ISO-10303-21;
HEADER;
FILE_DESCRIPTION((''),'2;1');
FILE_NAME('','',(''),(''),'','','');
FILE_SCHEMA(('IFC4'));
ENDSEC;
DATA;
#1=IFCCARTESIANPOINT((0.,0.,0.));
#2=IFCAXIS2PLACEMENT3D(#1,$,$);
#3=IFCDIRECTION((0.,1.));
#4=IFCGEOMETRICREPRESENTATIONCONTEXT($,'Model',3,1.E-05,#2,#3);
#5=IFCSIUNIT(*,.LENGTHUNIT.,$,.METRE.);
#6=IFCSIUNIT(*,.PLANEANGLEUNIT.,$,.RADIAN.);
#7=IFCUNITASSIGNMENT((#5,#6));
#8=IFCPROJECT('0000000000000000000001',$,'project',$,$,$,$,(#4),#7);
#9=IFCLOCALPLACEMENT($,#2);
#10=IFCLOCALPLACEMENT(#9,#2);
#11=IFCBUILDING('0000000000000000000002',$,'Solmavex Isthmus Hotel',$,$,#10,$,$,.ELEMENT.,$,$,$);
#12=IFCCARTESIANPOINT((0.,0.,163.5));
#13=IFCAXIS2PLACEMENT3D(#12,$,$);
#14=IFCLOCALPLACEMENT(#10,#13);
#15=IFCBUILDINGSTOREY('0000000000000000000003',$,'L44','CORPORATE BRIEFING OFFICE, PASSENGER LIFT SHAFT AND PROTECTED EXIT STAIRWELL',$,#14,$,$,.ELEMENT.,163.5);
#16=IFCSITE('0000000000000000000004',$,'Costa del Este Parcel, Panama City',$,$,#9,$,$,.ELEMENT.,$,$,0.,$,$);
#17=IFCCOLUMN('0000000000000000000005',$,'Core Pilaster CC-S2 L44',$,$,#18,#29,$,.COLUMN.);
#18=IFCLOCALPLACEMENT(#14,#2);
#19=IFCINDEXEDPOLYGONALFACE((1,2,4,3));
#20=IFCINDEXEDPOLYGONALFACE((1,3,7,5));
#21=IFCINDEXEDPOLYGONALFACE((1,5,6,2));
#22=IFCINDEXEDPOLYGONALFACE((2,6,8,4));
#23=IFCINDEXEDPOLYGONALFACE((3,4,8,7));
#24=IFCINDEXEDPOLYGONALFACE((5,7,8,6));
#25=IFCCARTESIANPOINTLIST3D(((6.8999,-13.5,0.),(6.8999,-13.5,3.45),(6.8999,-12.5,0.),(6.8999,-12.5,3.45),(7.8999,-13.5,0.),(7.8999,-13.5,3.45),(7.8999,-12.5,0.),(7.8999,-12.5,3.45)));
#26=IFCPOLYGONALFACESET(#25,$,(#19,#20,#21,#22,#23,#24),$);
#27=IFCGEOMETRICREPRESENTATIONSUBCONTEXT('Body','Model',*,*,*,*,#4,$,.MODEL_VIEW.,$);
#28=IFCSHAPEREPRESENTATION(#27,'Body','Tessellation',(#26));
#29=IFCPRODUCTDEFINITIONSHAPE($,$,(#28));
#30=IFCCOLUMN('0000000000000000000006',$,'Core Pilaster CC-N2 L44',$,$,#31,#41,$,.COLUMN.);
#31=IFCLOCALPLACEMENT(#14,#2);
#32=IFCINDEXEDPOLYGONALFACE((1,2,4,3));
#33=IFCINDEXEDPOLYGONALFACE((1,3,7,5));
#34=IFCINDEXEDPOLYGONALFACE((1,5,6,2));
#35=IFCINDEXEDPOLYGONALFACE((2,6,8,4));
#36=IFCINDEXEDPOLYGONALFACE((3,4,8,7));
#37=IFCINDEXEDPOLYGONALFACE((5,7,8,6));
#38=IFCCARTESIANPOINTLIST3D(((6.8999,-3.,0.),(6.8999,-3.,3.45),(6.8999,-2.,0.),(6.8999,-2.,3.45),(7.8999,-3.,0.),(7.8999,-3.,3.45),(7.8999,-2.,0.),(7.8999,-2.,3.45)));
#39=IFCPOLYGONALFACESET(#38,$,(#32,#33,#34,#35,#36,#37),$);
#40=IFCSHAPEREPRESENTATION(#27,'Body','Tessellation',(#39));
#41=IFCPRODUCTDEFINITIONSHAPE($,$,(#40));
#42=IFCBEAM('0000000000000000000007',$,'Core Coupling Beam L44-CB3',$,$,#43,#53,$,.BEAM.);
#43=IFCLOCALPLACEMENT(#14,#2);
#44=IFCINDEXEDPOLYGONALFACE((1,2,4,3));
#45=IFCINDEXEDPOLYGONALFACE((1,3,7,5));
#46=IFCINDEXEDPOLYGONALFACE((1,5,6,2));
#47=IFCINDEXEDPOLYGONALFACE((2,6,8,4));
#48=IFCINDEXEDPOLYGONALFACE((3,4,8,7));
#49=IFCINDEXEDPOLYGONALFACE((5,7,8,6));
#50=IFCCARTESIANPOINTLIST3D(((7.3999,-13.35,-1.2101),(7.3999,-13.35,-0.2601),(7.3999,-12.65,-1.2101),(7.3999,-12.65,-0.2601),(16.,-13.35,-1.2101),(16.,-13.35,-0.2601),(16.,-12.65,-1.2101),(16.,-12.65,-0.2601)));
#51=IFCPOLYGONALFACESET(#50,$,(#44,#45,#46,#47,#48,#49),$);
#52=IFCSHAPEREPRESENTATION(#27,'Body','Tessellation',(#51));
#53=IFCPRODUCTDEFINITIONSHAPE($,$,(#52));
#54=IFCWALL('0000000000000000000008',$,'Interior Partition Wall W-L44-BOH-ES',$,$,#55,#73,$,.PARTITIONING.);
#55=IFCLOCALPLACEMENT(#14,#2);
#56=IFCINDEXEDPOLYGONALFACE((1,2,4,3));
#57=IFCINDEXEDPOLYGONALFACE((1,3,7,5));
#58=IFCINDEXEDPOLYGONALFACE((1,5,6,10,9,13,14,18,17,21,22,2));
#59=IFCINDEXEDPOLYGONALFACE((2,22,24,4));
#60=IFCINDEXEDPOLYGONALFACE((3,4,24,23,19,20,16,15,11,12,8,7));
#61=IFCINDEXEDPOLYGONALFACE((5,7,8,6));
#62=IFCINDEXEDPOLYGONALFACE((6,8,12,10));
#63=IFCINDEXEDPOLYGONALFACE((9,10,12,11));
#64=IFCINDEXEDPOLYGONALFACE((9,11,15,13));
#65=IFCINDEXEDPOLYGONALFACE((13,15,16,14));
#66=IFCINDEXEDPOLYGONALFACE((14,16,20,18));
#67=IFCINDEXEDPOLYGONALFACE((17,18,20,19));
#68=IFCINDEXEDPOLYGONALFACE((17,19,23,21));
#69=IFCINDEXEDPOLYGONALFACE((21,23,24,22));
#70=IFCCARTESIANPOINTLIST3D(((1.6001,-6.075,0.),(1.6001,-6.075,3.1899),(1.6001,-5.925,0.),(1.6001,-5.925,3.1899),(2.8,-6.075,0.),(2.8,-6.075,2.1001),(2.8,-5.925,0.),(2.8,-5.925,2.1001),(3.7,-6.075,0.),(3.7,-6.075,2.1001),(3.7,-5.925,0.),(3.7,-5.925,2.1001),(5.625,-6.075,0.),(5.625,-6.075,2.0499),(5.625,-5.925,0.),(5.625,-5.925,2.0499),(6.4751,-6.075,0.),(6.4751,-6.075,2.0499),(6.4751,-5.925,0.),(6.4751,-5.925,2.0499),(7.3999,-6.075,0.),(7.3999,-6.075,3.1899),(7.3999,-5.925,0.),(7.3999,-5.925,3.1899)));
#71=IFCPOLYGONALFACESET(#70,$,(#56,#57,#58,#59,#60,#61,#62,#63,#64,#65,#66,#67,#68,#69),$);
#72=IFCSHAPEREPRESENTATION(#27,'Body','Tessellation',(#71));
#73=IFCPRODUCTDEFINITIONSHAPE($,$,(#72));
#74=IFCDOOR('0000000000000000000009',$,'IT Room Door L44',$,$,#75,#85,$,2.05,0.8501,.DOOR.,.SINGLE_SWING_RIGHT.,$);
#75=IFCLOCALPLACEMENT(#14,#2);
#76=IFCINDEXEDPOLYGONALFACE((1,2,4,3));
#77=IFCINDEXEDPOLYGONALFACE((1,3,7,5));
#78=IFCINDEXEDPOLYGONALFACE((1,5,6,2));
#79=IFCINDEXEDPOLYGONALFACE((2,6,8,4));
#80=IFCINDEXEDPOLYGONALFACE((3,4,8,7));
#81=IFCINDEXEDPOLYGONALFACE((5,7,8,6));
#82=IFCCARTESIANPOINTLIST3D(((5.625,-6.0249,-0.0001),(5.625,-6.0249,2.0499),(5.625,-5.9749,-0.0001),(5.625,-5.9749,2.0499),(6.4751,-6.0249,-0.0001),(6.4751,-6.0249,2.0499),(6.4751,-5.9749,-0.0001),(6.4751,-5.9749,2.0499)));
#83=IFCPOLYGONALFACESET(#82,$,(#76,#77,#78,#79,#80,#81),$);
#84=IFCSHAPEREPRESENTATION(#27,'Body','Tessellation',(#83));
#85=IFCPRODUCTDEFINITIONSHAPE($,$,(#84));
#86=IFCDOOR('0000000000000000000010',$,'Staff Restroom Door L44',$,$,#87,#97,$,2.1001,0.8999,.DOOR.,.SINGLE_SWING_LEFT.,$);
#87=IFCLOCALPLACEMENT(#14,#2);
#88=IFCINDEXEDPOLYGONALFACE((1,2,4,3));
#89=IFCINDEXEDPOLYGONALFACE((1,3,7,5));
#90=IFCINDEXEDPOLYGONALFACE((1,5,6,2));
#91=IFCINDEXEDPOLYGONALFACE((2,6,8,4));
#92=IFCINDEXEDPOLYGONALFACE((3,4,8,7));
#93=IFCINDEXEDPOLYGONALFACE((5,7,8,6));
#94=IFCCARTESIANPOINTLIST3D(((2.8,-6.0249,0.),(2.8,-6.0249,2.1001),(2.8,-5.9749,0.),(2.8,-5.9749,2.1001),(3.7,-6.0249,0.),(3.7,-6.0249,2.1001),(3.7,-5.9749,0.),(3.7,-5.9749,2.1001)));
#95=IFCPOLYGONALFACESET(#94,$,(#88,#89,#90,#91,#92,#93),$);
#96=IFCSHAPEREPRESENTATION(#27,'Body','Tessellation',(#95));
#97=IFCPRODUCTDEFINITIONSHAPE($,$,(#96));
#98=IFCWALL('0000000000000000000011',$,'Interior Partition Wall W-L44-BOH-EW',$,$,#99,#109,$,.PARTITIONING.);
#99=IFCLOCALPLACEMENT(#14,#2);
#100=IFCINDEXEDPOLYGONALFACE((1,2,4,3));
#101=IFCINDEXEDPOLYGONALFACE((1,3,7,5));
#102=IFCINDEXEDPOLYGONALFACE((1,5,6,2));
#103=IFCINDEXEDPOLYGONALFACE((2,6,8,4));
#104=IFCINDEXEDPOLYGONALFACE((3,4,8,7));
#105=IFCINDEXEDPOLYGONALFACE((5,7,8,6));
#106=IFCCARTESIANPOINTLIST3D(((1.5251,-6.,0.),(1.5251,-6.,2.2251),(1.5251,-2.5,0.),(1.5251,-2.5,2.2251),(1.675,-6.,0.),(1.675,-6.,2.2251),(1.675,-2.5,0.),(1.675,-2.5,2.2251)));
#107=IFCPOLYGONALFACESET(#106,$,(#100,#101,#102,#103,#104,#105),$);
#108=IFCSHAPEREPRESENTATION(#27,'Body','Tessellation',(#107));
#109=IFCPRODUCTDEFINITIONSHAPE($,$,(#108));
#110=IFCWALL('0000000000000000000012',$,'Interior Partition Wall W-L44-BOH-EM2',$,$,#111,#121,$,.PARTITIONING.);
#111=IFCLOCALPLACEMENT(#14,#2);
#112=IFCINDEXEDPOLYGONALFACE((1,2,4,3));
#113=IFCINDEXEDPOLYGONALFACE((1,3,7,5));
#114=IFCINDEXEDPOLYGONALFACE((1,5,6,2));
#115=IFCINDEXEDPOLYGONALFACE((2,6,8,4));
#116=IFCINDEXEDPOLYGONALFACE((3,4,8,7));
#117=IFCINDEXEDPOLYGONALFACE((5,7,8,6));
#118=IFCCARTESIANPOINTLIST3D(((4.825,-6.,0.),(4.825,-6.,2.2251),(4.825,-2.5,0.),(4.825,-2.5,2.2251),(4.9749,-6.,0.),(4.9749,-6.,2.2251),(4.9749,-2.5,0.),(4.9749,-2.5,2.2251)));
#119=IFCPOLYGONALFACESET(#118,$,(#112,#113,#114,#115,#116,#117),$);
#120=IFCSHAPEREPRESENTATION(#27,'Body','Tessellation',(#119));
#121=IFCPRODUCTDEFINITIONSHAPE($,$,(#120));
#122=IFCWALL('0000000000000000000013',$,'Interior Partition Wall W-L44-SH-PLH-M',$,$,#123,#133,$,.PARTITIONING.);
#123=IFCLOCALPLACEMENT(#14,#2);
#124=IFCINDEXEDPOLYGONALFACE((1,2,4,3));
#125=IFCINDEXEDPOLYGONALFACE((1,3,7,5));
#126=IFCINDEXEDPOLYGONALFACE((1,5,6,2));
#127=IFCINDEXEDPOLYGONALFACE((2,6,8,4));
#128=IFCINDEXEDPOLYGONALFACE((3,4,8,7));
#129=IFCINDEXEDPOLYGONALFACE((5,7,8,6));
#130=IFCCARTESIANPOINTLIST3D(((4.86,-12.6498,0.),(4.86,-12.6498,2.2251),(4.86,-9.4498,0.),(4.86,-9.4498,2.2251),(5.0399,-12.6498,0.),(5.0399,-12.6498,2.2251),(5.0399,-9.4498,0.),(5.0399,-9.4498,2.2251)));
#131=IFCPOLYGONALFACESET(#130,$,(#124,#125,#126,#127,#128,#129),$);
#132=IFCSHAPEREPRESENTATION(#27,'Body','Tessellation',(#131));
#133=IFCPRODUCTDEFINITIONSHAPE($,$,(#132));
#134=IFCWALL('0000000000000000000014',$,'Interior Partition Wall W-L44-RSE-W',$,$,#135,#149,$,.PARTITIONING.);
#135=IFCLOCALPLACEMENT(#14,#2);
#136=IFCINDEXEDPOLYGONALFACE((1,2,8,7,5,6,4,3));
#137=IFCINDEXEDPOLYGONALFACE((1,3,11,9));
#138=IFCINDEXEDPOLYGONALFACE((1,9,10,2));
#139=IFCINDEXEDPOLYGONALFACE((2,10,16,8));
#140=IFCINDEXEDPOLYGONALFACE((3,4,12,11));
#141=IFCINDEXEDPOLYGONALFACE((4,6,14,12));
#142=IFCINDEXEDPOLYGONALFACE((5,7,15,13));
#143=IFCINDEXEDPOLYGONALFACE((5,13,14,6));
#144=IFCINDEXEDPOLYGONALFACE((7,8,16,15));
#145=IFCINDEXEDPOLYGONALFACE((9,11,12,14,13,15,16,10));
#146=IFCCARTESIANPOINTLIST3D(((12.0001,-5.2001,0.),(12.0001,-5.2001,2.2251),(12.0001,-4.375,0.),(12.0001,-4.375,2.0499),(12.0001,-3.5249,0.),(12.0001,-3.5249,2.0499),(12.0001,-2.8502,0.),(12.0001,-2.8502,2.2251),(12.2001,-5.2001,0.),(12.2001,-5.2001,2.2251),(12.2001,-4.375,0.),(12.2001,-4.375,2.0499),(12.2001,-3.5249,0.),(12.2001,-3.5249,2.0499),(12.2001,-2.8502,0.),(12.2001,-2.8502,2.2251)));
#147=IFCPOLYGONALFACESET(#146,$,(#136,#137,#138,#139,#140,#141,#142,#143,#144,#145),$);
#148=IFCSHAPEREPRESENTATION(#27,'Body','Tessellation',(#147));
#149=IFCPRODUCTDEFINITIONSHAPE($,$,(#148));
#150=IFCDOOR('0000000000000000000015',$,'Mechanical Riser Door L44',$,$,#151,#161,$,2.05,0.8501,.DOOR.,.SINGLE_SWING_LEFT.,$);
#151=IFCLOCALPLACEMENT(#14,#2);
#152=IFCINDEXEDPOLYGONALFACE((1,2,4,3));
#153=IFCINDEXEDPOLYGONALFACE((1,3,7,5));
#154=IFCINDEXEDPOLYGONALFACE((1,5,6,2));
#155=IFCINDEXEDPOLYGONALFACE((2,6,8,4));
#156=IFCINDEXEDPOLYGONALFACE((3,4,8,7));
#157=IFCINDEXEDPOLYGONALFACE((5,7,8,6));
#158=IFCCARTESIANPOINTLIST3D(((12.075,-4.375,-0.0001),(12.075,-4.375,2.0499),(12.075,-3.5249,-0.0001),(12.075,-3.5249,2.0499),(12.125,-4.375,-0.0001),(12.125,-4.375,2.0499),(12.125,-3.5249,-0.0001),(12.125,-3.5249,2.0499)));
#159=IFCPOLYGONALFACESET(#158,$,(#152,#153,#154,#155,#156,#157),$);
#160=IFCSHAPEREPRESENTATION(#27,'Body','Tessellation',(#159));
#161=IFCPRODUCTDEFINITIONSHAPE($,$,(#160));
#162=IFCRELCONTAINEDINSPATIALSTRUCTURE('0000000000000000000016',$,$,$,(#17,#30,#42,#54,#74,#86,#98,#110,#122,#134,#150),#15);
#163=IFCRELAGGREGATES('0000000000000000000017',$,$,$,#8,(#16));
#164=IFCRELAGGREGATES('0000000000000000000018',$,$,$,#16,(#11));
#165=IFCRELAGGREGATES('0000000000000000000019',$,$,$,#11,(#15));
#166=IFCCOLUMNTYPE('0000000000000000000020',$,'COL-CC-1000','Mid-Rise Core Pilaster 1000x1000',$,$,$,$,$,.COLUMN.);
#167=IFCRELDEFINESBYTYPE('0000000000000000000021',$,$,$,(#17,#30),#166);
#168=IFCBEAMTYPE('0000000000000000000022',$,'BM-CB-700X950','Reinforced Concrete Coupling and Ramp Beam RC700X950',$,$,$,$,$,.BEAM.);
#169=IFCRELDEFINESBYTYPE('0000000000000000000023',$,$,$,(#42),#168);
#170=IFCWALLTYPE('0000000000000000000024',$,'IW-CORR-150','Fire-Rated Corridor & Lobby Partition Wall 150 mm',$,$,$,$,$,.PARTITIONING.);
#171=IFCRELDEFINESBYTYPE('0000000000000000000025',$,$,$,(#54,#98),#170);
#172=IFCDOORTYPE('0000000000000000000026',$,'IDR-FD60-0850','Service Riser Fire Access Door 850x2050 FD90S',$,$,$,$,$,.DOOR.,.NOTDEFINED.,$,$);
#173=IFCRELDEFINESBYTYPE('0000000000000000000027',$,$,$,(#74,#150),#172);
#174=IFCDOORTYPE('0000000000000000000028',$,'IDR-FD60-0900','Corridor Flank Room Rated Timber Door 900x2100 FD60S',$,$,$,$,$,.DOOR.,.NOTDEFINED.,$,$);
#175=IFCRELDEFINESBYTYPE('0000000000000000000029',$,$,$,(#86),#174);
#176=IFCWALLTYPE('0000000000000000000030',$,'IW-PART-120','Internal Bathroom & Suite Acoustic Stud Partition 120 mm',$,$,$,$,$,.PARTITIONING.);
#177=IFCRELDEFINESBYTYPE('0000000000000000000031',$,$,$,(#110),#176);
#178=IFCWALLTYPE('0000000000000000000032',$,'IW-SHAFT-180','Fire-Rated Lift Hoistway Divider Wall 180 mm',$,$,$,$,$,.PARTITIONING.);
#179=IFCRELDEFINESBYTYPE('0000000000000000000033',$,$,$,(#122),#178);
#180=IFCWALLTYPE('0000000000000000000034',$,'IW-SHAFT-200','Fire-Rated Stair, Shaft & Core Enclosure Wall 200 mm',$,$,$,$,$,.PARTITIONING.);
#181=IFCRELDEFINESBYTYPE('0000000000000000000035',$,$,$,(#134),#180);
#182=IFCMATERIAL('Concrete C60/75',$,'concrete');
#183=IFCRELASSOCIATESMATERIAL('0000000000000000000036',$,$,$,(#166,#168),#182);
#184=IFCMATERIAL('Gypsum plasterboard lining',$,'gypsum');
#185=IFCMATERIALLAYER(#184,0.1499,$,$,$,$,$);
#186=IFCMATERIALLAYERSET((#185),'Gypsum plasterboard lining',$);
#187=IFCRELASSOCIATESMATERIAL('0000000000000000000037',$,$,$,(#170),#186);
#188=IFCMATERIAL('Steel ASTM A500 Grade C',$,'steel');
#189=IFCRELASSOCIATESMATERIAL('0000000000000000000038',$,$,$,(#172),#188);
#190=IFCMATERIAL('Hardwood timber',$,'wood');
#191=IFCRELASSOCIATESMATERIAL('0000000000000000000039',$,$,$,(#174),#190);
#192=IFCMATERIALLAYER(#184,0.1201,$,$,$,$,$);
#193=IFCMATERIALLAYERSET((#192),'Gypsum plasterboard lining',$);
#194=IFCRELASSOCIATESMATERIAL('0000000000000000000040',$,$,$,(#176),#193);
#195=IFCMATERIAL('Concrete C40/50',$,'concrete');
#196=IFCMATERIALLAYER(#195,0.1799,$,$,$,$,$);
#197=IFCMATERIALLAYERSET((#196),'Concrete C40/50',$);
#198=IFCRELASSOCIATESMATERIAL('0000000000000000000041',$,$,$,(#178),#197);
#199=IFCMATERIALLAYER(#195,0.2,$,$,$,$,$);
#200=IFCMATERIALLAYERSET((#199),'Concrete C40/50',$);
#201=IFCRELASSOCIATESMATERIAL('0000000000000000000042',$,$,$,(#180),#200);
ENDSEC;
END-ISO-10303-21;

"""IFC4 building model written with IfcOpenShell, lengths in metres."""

from ifc_helpers import new_model, si_unit, direction, frame, frame_2d, origin, origin_2d, place, context, subcontext, project, spatial, rectangle, extrude, material, layer, layer_set, material_profile, profile_set, type_object, element, fill, save


model = new_model("IFC4")

# Units and contexts
model_context = context("Model", 3, precision=1e-05, world=origin(), true_north=direction((0.0, 1.0)))
body_context = subcontext(model_context, "Body", "Model", "MODEL_VIEW")
ifc_project = project(units=[si_unit("LENGTHUNIT", "METRE"), si_unit("PLANEANGLEUNIT", "RADIAN")], contexts=[model_context])

# Site, building, storey
site_placement = place(None, origin())
site = spatial("IfcSite", under=ifc_project, at=site_placement, Name="Costa del Este Parcel, Panama City", CompositionType="ELEMENT", RefElevation=0.0)
building_placement = place(site_placement, origin())
building = spatial("IfcBuilding", under=site, at=building_placement, Name="Solmavex Isthmus Hotel", CompositionType="ELEMENT")
storey_placement = place(building_placement, frame((0.0, 0.0, 163.5)))
storey = spatial("IfcBuildingStorey", under=building, at=storey_placement, Name="L44", Description="CORPORATE BRIEFING OFFICE, PASSENGER LIFT SHAFT AND PROTECTED EXIT STAIRWELL", CompositionType="ELEMENT", Elevation=163.5)

# Columns
ifc_material_1 = material(Name="Concrete C60/75", Category="concrete")
ifc_material_profile_1 = material_profile(ifc_material_1, rectangle(XDim=1.0, YDim=1.0, at=origin_2d()), Name="RC1000X1000")
ifc_profile_set_1 = profile_set([ifc_material_profile_1], Name="Concrete C60/75")
column_type = type_object("IfcColumnType", Name="COL-CC-1000", Description="Mid-Rise Core Pilaster 1000x1000", PredefinedType="COLUMN", material=ifc_profile_set_1)
for number, where, z_axis, x_axis, name in (
    (1, (7.3999, -13.0, 0.0), (0.0, 0.0, 1.0), (1.0, 0.0, 0.0), "Core Pilaster CC-S2 L44"),
    (2, (7.3999, -2.5, 0.0), (0.0, 0.0, 1.0), (1.0, 0.0, 0.0), "Core Pilaster CC-N2 L44"),
):
    element("IfcColumn", number, at=place(storey_placement, frame(where, z_axis=z_axis, x_axis=x_axis)), inside=storey, type_object=column_type, Name=name, PredefinedType="COLUMN", context=body_context, shape_type="SweptSolid", body=[
        extrude(rectangle(XDim=1.0, YDim=1.0, at=origin_2d()), origin(), (0.0, 0.0, 1.0), 3.45),
    ])

# Beam
ifc_material_profile_2 = material_profile(ifc_material_1, rectangle(XDim=0.7, YDim=0.95, at=origin_2d()), Name="RC700X950")
ifc_profile_set_2 = profile_set([ifc_material_profile_2], Name="Concrete C60/75")
beam_type = type_object("IfcBeamType", Name="BM-CB-700X950", Description="Reinforced Concrete Coupling and Ramp Beam RC700X950", PredefinedType="BEAM", material=ifc_profile_set_2)
beam_placement = place(storey_placement, frame((7.3999, -13.0, -0.7351), z_axis=(1.0, 0.0, 0.0), x_axis=(0.0, 1.0, 0.0)))
element("IfcBeam", 3, at=beam_placement, inside=storey, type_object=beam_type, Name="Core Coupling Beam L44-CB3", PredefinedType="BEAM", context=body_context, shape_type="SweptSolid", body=[
    extrude(rectangle(XDim=0.7, YDim=0.95, at=origin_2d()), origin(), (0.0, 0.0, 1.0), 8.6001),
])

# Wall, openings, doors
ifc_material_2 = material(Name="Gypsum plasterboard lining", Category="gypsum")
ifc_layer_1 = layer(ifc_material_2, 0.1499)
ifc_layer_set_1 = layer_set([ifc_layer_1], Name="Gypsum plasterboard lining")
wall_type_1 = type_object("IfcWallType", Name="IW-CORR-150", Description="Fire-Rated Corridor & Lobby Partition Wall 150 mm", PredefinedType="PARTITIONING", material=ifc_layer_set_1)
wall_1_placement = place(storey_placement, frame((1.6001, -6.0, 0.0), z_axis=(0.0, 0.0, 1.0), x_axis=(1.0, 0.0, 0.0)))
wall_1 = element("IfcWall", 4, at=wall_1_placement, inside=storey, type_object=wall_type_1, Name="Interior Partition Wall W-L44-BOH-ES", PredefinedType="PARTITIONING", context=body_context, shape_type="SweptSolid", body=[
    extrude(rectangle(XDim=5.7998, YDim=0.1499, at=frame_2d((2.8999, 0.0))), origin(), (0.0, 0.0, 1.0), 3.1899),
])
opening_1_placement = place(wall_1_placement, frame((1.2, 0.0, 0.0)))
opening_1 = element("IfcOpeningElement", 5, at=opening_1_placement, cuts=wall_1, PredefinedType="OPENING", context=body_context, shape_type="SweptSolid", body=[
    extrude(rectangle(XDim=0.8999, YDim=2.1001, at=frame_2d((0.45, 1.05))), frame((0.0, 0.085, 0.0), z_axis=(0.0, -1.0, 0.0), x_axis=(1.0, 0.0, 0.0)), (0.0, 0.0, 1.0), 0.1699),
])
opening_2_placement = place(wall_1_placement, frame((4.0249, 0.0, 0.0)))
opening_2 = element("IfcOpeningElement", 6, at=opening_2_placement, cuts=wall_1, PredefinedType="OPENING", context=body_context, shape_type="SweptSolid", body=[
    extrude(rectangle(XDim=0.8501, YDim=2.05, at=frame_2d((0.425, 1.0249))), frame((0.0, 0.085, 0.0), z_axis=(0.0, -1.0, 0.0), x_axis=(1.0, 0.0, 0.0)), (0.0, 0.0, 1.0), 0.1699),
])
ifc_material_3 = material(Name="Steel ASTM A500 Grade C", Category="steel")
door_type_1 = type_object("IfcDoorType", Name="IDR-FD60-0850", Description="Service Riser Fire Access Door 850x2050 FD90S", OperationType="NOTDEFINED", PredefinedType="DOOR", material=ifc_material_3)
door_1_placement = place(opening_2_placement, frame((0.8501, 0.0, 0.0), z_axis=(0.0, 0.0, 1.0), x_axis=(-1.0, 0.0, 0.0)))
door_1 = element("IfcDoor", 7, at=door_1_placement, inside=storey, type_object=door_type_1, Name="IT Room Door L44", OperationType="SINGLE_SWING_RIGHT", OverallHeight=2.05, OverallWidth=0.8501, PredefinedType="DOOR", context=body_context, shape_type="SweptSolid", body=[
    extrude(rectangle(XDim=0.8501, YDim=2.05, at=frame_2d((0.425, 1.0249))), frame((0.0, 0.0249, 0.0), z_axis=(0.0, -1.0, 0.0), x_axis=(1.0, 0.0, 0.0)), (0.0, 0.0, 1.0), 0.05),
])
fill(opening_2, door_1)
ifc_material_4 = material(Name="Hardwood timber", Category="wood")
door_type_2 = type_object("IfcDoorType", Name="IDR-FD60-0900", Description="Corridor Flank Room Rated Timber Door 900x2100 FD60S", OperationType="NOTDEFINED", PredefinedType="DOOR", material=ifc_material_4)
door_2_placement = place(opening_1_placement, frame((0.8999, 0.0, 0.0), z_axis=(0.0, 0.0, 1.0), x_axis=(-1.0, 0.0, 0.0)))
door_2 = element("IfcDoor", 8, at=door_2_placement, inside=storey, type_object=door_type_2, Name="Staff Restroom Door L44", OperationType="SINGLE_SWING_LEFT", OverallHeight=2.1001, OverallWidth=0.8999, PredefinedType="DOOR", context=body_context, shape_type="SweptSolid", body=[
    extrude(rectangle(XDim=0.8999, YDim=2.1001, at=frame_2d((0.45, 1.05))), frame((0.0, 0.0249, 0.0), z_axis=(0.0, -1.0, 0.0), x_axis=(1.0, 0.0, 0.0)), (0.0, 0.0, 1.0), 0.05),
])
fill(opening_1, door_2)

# Walls
wall_2_placement = place(storey_placement, frame((1.6001, -6.0, 0.0), z_axis=(0.0, 0.0, 1.0), x_axis=(0.0, 1.0, 0.0)))
element("IfcWall", 9, at=wall_2_placement, inside=storey, type_object=wall_type_1, Name="Interior Partition Wall W-L44-BOH-EW", PredefinedType="PARTITIONING", context=body_context, shape_type="SweptSolid", body=[
    extrude(rectangle(XDim=3.5, YDim=0.1499, at=frame_2d((1.75, 0.0))), origin(), (0.0, 0.0, 1.0), 2.2251),
])
ifc_layer_2 = layer(ifc_material_2, 0.1201)
ifc_layer_set_2 = layer_set([ifc_layer_2], Name="Gypsum plasterboard lining")
wall_type_2 = type_object("IfcWallType", Name="IW-PART-120", Description="Internal Bathroom & Suite Acoustic Stud Partition 120 mm", PredefinedType="PARTITIONING", material=ifc_layer_set_2)
wall_3_placement = place(storey_placement, frame((4.8999, -6.0, 0.0), z_axis=(0.0, 0.0, 1.0), x_axis=(0.0, 1.0, 0.0)))
element("IfcWall", 10, at=wall_3_placement, inside=storey, type_object=wall_type_2, Name="Interior Partition Wall W-L44-BOH-EM2", PredefinedType="PARTITIONING", context=body_context, shape_type="SweptSolid", body=[
    extrude(rectangle(XDim=3.5, YDim=0.1499, at=frame_2d((1.75, 0.0))), origin(), (0.0, 0.0, 1.0), 2.2251),
])
ifc_material_5 = material(Name="Concrete C40/50", Category="concrete")
ifc_layer_3 = layer(ifc_material_5, 0.1799)
ifc_layer_set_3 = layer_set([ifc_layer_3], Name="Concrete C40/50")
wall_type_3 = type_object("IfcWallType", Name="IW-SHAFT-180", Description="Fire-Rated Lift Hoistway Divider Wall 180 mm", PredefinedType="PARTITIONING", material=ifc_layer_set_3)
wall_4_placement = place(storey_placement, frame((4.95, -12.6499, 0.0), z_axis=(0.0, 0.0, 1.0), x_axis=(0.0, 1.0, 0.0)))
element("IfcWall", 11, at=wall_4_placement, inside=storey, type_object=wall_type_3, Name="Interior Partition Wall W-L44-SH-PLH-M", PredefinedType="PARTITIONING", context=body_context, shape_type="SweptSolid", body=[
    extrude(rectangle(XDim=3.2, YDim=0.1799, at=frame_2d((1.6001, 0.0))), origin(), (0.0, 0.0, 1.0), 2.2251),
])

# Wall, opening, door
ifc_layer_4 = layer(ifc_material_5, 0.2)
ifc_layer_set_4 = layer_set([ifc_layer_4], Name="Concrete C40/50")
wall_type_4 = type_object("IfcWallType", Name="IW-SHAFT-200", Description="Fire-Rated Stair, Shaft & Core Enclosure Wall 200 mm", PredefinedType="PARTITIONING", material=ifc_layer_set_4)
wall_5_placement = place(storey_placement, frame((12.1001, -5.2, 0.0), z_axis=(0.0, 0.0, 1.0), x_axis=(0.0, 1.0, 0.0)))
wall_5 = element("IfcWall", 12, at=wall_5_placement, inside=storey, type_object=wall_type_4, Name="Interior Partition Wall W-L44-RSE-W", PredefinedType="PARTITIONING", context=body_context, shape_type="SweptSolid", body=[
    extrude(rectangle(XDim=2.3499, YDim=0.2, at=frame_2d((1.1748, 0.0))), origin(), (0.0, 0.0, 1.0), 2.2251),
])
opening_3_placement = place(wall_5_placement, frame((0.825, 0.0, 0.0)))
opening_3 = element("IfcOpeningElement", 13, at=opening_3_placement, cuts=wall_5, PredefinedType="OPENING", context=body_context, shape_type="SweptSolid", body=[
    extrude(rectangle(XDim=0.8501, YDim=2.05, at=frame_2d((0.425, 1.0249))), frame((0.0, 0.1099, 0.0), z_axis=(0.0, -1.0, 0.0), x_axis=(1.0, 0.0, 0.0)), (0.0, 0.0, 1.0), 0.22),
])
door_3_placement = place(opening_3_placement, frame((0.8501, 0.0, 0.0), z_axis=(0.0, 0.0, 1.0), x_axis=(-1.0, 0.0, 0.0)))
door_3 = element("IfcDoor", 14, at=door_3_placement, inside=storey, type_object=door_type_1, Name="Mechanical Riser Door L44", OperationType="SINGLE_SWING_LEFT", OverallHeight=2.05, OverallWidth=0.8501, PredefinedType="DOOR", context=body_context, shape_type="SweptSolid", body=[
    extrude(rectangle(XDim=0.8501, YDim=2.05, at=frame_2d((0.425, 1.0249))), frame((0.0, 0.0249, 0.0), z_axis=(0.0, -1.0, 0.0), x_axis=(1.0, 0.0, 0.0)), (0.0, 0.0, 1.0), 0.05),
])
fill(opening_3, door_3)

save(model, "model.ifc")
